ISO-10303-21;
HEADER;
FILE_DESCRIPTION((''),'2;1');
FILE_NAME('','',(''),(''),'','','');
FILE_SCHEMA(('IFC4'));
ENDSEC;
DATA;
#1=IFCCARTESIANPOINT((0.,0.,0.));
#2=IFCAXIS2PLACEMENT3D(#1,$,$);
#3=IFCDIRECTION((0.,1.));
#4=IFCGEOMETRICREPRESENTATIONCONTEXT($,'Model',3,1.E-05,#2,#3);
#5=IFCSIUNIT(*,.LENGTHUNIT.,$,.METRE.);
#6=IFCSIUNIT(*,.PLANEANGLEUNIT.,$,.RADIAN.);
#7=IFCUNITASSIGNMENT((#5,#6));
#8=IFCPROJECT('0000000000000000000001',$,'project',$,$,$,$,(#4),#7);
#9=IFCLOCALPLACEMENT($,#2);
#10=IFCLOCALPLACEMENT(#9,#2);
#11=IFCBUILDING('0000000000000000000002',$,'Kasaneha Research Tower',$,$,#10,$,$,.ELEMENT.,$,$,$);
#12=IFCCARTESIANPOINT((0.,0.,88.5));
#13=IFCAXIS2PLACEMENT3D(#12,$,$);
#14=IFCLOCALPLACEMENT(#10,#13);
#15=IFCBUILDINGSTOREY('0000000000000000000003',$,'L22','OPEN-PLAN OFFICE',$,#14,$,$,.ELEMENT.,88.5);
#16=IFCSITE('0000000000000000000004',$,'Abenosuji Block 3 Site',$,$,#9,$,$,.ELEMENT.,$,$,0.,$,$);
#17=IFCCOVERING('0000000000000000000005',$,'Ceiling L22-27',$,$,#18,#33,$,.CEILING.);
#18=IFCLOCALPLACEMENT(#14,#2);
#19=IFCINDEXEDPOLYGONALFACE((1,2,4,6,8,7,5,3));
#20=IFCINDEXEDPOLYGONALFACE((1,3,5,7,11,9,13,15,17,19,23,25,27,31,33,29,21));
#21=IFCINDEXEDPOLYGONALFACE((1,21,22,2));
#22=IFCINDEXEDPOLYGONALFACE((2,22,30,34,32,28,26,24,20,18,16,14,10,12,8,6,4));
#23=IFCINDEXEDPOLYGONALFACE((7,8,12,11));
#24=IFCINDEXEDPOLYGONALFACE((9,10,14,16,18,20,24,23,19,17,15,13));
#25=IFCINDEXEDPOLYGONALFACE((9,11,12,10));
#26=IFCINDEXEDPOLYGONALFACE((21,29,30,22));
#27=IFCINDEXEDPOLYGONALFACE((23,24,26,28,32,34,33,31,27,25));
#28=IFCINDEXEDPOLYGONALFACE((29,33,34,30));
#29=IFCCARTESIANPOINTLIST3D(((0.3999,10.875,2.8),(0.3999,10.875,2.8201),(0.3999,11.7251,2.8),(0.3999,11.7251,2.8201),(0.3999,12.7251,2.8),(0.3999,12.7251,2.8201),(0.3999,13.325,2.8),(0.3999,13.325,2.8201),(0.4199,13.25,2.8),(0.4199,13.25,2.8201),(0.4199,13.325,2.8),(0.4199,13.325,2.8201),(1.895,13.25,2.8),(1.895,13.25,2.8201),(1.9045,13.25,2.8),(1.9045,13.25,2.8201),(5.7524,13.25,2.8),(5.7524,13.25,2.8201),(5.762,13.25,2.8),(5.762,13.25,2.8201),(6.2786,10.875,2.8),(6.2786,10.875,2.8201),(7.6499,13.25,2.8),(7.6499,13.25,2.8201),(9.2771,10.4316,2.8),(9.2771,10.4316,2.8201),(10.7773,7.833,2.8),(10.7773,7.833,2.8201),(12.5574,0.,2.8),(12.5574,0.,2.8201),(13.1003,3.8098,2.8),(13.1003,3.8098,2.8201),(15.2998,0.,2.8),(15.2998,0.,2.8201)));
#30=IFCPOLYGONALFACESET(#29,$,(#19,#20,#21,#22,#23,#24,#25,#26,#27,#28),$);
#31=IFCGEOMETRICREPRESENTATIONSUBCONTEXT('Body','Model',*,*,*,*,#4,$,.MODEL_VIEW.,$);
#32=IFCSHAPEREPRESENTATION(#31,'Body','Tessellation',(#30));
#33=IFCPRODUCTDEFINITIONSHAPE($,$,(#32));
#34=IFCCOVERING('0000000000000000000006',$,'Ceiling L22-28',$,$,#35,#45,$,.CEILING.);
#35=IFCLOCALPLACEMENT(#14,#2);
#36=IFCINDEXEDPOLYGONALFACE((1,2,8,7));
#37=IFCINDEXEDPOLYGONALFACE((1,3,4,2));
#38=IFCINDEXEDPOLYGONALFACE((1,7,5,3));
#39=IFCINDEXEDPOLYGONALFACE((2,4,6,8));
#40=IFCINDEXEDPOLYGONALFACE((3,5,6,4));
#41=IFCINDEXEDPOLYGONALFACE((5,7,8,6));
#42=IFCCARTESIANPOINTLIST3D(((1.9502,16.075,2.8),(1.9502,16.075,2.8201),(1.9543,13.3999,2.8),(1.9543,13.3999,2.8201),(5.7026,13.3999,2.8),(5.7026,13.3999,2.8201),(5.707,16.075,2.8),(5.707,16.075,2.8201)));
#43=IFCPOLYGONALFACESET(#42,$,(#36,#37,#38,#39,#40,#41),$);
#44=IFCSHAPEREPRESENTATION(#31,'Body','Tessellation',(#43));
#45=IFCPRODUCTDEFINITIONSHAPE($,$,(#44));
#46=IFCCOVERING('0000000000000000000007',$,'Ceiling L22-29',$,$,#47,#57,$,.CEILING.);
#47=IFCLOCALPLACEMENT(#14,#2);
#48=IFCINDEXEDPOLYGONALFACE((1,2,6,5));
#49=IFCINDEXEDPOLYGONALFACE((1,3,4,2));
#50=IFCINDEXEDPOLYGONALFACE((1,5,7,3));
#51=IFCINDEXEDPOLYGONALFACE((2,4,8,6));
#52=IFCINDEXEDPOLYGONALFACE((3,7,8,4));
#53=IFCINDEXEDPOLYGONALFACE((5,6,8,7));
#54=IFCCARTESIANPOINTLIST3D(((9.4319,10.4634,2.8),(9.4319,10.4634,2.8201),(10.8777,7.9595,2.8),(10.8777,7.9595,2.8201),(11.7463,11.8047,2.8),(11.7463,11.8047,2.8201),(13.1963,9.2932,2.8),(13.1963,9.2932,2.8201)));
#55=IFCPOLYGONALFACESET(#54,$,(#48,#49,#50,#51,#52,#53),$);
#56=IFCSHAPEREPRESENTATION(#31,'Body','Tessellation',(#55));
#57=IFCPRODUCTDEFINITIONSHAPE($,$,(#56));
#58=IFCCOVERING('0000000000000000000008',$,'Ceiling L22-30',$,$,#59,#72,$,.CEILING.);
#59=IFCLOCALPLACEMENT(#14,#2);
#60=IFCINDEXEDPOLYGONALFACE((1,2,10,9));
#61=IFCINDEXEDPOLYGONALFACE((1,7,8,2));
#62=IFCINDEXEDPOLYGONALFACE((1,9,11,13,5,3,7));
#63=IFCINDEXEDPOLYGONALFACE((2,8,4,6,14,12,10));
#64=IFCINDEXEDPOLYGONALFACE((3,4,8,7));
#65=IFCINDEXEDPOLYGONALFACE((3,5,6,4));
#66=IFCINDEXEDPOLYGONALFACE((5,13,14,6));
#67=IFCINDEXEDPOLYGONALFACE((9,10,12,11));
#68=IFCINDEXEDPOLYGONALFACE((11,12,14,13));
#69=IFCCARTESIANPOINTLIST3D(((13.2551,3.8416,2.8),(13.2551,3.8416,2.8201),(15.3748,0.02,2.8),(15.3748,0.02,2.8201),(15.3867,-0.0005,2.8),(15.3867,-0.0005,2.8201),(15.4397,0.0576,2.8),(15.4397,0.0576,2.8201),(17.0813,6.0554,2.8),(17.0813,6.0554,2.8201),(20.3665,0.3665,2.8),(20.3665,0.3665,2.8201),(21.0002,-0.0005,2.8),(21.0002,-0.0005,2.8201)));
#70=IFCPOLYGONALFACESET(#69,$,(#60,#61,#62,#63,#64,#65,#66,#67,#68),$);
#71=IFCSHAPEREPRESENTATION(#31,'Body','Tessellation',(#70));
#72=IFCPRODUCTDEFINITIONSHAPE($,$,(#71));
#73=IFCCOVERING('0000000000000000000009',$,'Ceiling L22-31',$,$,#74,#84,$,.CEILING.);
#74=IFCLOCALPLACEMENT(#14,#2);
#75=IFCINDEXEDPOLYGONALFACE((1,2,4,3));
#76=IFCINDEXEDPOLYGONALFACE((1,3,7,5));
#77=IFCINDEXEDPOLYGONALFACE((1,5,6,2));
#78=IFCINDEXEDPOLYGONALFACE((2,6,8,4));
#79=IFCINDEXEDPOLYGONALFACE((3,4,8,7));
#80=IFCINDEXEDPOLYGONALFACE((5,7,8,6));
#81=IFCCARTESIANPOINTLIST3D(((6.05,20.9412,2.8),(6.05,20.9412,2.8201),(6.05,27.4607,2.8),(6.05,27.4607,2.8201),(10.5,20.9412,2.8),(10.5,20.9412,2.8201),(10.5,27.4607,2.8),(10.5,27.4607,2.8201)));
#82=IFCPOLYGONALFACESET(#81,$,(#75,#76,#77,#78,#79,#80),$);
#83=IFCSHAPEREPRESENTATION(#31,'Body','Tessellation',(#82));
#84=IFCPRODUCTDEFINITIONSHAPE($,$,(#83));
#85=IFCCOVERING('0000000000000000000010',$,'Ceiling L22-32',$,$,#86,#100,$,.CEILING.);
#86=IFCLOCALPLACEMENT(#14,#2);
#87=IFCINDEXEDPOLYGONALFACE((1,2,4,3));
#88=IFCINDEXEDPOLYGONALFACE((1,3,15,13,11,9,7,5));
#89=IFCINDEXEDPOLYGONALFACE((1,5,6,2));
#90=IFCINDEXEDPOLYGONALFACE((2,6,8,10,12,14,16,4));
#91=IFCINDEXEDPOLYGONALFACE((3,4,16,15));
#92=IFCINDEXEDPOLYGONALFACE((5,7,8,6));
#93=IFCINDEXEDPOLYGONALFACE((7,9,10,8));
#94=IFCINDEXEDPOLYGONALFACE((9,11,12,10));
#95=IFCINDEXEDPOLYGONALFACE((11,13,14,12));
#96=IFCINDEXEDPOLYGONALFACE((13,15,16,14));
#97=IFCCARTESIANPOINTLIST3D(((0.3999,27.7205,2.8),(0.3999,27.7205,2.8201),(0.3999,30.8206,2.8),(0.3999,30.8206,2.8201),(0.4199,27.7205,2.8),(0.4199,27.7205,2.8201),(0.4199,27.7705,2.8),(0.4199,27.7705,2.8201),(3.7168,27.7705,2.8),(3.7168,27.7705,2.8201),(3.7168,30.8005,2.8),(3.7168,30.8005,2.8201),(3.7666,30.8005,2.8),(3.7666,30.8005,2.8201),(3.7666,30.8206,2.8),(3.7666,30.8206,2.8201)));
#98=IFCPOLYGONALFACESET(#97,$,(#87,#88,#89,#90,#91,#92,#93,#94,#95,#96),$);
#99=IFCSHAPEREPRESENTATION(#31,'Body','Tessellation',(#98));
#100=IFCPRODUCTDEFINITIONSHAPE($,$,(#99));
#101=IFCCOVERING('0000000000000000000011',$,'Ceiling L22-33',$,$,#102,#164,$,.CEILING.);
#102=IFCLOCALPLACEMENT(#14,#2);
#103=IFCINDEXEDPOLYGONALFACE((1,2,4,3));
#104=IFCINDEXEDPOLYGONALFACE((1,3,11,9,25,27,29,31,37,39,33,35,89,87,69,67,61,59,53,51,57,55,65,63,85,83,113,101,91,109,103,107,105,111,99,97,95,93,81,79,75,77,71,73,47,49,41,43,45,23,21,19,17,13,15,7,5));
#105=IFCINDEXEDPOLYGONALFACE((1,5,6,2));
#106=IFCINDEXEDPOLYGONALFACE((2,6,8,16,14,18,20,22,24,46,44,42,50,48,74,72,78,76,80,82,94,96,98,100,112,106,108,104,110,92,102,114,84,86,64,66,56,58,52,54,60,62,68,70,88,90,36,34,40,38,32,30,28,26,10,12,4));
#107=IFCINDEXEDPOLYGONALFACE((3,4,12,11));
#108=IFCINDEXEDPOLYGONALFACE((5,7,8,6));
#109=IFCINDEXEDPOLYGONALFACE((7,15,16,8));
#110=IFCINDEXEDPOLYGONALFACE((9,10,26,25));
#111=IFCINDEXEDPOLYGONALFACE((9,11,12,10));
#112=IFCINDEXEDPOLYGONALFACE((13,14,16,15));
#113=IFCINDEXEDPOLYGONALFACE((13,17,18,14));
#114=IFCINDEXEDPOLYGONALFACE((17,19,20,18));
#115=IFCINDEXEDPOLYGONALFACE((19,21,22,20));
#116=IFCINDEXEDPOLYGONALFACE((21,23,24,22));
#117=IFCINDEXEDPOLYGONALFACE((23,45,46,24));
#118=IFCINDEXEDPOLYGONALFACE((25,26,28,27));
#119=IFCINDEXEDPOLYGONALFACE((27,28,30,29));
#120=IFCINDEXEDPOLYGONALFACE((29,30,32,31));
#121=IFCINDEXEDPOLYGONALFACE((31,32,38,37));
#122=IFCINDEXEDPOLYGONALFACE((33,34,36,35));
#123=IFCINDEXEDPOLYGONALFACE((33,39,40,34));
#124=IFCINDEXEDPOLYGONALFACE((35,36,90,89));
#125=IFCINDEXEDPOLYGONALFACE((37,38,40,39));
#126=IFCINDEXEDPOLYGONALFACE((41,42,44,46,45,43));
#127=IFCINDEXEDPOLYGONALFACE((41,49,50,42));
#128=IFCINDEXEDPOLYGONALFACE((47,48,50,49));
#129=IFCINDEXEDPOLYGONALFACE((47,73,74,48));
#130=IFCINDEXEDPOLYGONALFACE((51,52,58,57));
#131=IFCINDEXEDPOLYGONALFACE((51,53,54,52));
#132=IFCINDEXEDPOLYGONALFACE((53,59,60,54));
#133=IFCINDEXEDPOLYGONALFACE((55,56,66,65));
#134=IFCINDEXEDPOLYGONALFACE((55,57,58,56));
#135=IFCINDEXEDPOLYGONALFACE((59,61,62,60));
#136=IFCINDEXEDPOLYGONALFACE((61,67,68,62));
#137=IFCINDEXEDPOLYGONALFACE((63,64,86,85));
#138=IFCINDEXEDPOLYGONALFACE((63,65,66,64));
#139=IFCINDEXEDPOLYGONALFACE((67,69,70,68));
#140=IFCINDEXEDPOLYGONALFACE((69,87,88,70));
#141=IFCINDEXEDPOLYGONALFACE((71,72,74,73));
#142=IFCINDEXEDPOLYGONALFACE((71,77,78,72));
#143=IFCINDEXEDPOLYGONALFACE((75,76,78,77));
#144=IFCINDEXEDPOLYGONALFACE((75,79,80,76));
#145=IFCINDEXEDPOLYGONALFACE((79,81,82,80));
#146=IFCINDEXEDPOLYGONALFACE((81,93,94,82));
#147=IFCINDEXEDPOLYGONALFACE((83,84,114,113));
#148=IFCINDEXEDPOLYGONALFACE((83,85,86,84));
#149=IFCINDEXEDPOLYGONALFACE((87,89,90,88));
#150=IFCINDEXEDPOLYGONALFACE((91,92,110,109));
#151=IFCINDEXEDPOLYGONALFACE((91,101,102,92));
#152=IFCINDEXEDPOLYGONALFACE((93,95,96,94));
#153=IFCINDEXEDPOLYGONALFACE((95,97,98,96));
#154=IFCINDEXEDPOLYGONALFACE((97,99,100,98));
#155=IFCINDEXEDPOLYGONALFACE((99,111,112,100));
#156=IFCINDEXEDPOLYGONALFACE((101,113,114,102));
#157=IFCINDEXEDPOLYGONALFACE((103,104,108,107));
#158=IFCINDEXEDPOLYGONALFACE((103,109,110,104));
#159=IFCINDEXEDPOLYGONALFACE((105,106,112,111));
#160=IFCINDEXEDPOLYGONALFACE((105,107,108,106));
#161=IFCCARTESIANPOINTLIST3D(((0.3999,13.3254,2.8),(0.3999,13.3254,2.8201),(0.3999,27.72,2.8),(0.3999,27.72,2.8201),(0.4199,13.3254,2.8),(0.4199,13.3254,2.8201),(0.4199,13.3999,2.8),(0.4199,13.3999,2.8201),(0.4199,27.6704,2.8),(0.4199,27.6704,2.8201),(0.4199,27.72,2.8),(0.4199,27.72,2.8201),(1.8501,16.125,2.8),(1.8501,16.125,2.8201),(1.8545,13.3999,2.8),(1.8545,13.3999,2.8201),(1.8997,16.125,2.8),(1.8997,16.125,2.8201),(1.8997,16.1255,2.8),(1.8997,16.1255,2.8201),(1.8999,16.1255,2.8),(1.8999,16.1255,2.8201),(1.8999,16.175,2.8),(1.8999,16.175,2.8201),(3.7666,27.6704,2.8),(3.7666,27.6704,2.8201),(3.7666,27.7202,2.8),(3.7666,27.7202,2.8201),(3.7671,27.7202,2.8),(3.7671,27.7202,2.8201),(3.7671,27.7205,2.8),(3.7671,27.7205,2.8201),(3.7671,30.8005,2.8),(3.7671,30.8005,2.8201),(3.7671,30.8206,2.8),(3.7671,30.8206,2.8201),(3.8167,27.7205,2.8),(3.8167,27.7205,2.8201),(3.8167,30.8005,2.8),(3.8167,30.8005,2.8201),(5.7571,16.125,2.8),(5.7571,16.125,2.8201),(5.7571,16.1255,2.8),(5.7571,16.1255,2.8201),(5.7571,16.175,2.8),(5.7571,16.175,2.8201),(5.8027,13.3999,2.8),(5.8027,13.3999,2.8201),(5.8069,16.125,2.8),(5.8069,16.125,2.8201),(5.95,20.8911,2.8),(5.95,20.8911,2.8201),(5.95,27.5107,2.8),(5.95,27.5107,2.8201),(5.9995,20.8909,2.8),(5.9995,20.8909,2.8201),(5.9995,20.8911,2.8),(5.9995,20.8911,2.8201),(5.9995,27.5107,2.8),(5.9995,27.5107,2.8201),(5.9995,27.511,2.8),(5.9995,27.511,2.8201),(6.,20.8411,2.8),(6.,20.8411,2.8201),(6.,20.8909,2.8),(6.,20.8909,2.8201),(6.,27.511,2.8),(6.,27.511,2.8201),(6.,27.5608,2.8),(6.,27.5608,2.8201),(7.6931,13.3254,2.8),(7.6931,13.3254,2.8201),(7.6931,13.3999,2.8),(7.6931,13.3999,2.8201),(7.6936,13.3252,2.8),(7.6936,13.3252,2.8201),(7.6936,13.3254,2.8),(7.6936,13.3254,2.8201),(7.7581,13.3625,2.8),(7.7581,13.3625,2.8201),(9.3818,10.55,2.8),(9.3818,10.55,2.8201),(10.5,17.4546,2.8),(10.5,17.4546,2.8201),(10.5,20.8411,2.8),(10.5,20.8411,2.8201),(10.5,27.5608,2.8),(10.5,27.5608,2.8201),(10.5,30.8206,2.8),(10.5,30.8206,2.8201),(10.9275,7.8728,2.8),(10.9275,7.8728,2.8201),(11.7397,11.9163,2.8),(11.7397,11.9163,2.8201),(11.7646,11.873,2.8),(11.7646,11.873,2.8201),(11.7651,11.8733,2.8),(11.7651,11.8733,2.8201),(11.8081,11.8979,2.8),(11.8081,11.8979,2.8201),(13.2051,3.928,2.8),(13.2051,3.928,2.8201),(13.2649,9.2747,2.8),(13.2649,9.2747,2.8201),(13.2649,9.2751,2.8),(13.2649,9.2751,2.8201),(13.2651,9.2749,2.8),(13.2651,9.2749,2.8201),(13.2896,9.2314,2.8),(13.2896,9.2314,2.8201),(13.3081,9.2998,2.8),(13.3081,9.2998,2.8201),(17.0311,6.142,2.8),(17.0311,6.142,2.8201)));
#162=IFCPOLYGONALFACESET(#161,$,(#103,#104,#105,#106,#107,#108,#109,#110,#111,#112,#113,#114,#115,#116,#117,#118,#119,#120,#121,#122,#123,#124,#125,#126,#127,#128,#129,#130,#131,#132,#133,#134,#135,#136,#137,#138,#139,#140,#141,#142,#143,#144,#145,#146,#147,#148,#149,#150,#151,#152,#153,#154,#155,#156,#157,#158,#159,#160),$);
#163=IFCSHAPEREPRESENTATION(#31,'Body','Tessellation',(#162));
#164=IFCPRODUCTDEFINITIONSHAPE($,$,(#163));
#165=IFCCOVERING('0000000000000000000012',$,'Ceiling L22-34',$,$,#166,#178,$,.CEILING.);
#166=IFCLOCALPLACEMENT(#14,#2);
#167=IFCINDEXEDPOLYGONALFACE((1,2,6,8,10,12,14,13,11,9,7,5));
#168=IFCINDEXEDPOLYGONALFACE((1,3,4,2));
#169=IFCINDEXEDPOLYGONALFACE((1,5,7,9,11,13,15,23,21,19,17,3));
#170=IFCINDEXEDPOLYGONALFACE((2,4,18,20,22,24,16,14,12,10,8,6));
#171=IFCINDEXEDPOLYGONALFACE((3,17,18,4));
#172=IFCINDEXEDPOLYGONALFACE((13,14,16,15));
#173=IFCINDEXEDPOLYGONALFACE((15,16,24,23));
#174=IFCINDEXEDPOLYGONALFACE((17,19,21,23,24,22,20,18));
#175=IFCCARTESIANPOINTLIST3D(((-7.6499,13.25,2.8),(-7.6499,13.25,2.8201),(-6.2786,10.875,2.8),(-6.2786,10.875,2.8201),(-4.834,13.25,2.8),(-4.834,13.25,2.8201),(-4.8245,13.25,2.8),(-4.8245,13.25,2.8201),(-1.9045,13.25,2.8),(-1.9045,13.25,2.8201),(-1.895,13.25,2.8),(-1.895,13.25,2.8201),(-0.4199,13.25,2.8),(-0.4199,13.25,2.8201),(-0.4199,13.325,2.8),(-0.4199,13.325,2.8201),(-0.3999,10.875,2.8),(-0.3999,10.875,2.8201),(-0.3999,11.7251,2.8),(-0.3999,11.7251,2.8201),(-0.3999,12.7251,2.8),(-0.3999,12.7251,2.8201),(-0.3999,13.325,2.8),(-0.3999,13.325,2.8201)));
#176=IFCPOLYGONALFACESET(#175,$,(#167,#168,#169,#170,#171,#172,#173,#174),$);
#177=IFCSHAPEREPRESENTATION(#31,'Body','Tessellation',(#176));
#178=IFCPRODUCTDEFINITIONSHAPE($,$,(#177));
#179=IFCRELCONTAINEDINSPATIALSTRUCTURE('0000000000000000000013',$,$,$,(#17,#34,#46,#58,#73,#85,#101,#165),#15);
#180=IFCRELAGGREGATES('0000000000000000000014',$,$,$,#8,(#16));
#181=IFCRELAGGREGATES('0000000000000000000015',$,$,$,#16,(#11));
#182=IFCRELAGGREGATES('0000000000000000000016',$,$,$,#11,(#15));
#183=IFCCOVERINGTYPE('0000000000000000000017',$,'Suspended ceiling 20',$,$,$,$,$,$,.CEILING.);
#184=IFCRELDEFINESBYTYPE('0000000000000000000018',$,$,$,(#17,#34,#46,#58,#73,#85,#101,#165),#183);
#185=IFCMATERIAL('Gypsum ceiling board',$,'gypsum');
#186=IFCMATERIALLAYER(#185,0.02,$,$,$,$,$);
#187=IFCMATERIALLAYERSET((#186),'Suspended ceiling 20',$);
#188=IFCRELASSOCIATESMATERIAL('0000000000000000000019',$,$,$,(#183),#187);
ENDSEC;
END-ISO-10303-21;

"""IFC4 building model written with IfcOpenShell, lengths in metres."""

from ifc_helpers import new_model, si_unit, direction, frame, origin, place, context, subcontext, project, spatial, polyline, outline, extrude, material, layer, layer_set, type_object, element, save


model = new_model("IFC4")

# Units and contexts
model_context = context("Model", 3, precision=1e-05, world=origin(), true_north=direction((0.0, 1.0)))
body_context = subcontext(model_context, "Body", "Model", "MODEL_VIEW")
ifc_project = project(units=[si_unit("LENGTHUNIT", "METRE"), si_unit("PLANEANGLEUNIT", "RADIAN")], contexts=[model_context])

# Site, building, storey
site_placement = place(None, origin())
site = spatial("IfcSite", under=ifc_project, at=site_placement, Name="Abenosuji Block 3 Site", CompositionType="ELEMENT", RefElevation=0.0)
building_placement = place(site_placement, origin())
building = spatial("IfcBuilding", under=site, at=building_placement, Name="Kasaneha Research Tower", CompositionType="ELEMENT")
storey_placement = place(building_placement, frame((0.0, 0.0, 88.5)))
storey = spatial("IfcBuildingStorey", under=building, at=storey_placement, Name="L22", Description="OPEN-PLAN OFFICE", CompositionType="ELEMENT", Elevation=88.5)

# Coverings
ifc_material_1 = material(Name="Gypsum ceiling board", Category="gypsum")
ifc_layer_1 = layer(ifc_material_1, 0.02)
ifc_layer_set_1 = layer_set([ifc_layer_1], Name="Suspended ceiling 20")
covering_type_1 = type_object("IfcCoveringType", Name="Suspended ceiling 20", PredefinedType="CEILING", material=ifc_layer_set_1)
covering_1_placement = place(storey_placement, frame((0.0, 0.0, 2.8)))
element("IfcCovering", 1, at=covering_1_placement, inside=storey, type_object=covering_type_1, Name="Ceiling L22-27", PredefinedType="CEILING", context=body_context, shape_type="SweptSolid", body=[
    extrude(outline(polyline([(6.2786, 10.875), (0.3999, 10.875), (0.3999, 11.7251), (0.3999, 12.7251), (0.3999, 13.325), (0.4199, 13.325), (0.4199, 13.25), (1.895, 13.25), (1.9045, 13.25), (5.7524, 13.25), (5.762, 13.25), (7.6499, 13.25), (9.2771, 10.4316), (9.2771, 10.4316), (10.7773, 7.833), (10.7773, 7.833), (13.1003, 3.8098), (13.1003, 3.8098), (15.2998, 0.0), (15.2998, 0.0), (12.5574, 0.0), (6.2786, 10.875)])), origin(), (0.0, 0.0, 1.0), 0.02),
])
covering_2_placement = place(storey_placement, frame((0.0, 0.0, 2.8)))
element("IfcCovering", 2, at=covering_2_placement, inside=storey, type_object=covering_type_1, Name="Ceiling L22-28", PredefinedType="CEILING", context=body_context, shape_type="SweptSolid", body=[
    extrude(outline(polyline([(1.9543, 13.3999), (1.9502, 16.075), (5.707, 16.075), (5.7026, 13.3999), (1.9543, 13.3999)])), origin(), (0.0, 0.0, 1.0), 0.02),
])
covering_3_placement = place(storey_placement, frame((0.0, 0.0, 2.8)))
element("IfcCovering", 3, at=covering_3_placement, inside=storey, type_object=covering_type_1, Name="Ceiling L22-29", PredefinedType="CEILING", context=body_context, shape_type="SweptSolid", body=[
    extrude(outline(polyline([(11.7463, 11.8047), (13.1963, 9.2932), (10.8777, 7.9595), (9.4319, 10.4634), (11.7463, 11.8047)])), origin(), (0.0, 0.0, 1.0), 0.02),
])
covering_4_placement = place(storey_placement, frame((0.0, 0.0, 2.8)))
element("IfcCovering", 4, at=covering_4_placement, inside=storey, type_object=covering_type_1, Name="Ceiling L22-30", PredefinedType="CEILING", context=body_context, shape_type="SweptSolid", body=[
    extrude(outline(polyline([(21.0002, -0.0005), (15.3867, -0.0005), (15.3748, 0.02), (15.4397, 0.0576), (13.2551, 3.8416), (17.0813, 6.0554), (20.3665, 0.3665), (21.0002, -0.0005)])), origin(), (0.0, 0.0, 1.0), 0.02),
])
covering_5_placement = place(storey_placement, frame((0.0, 0.0, 2.8)))
element("IfcCovering", 5, at=covering_5_placement, inside=storey, type_object=covering_type_1, Name="Ceiling L22-31", PredefinedType="CEILING", context=body_context, shape_type="SweptSolid", body=[
    extrude(outline(polyline([(10.5, 20.9412), (6.05, 20.9412), (6.05, 27.4607), (10.5, 27.4607), (10.5, 20.9412)])), origin(), (0.0, 0.0, 1.0), 0.02),
])
covering_6_placement = place(storey_placement, frame((0.0, 0.0, 2.8)))
element("IfcCovering", 6, at=covering_6_placement, inside=storey, type_object=covering_type_1, Name="Ceiling L22-32", PredefinedType="CEILING", context=body_context, shape_type="SweptSolid", body=[
    extrude(outline(polyline([(3.7666, 30.8206), (3.7666, 30.8005), (3.7168, 30.8005), (3.7168, 27.7705), (0.4199, 27.7705), (0.4199, 27.7205), (0.3999, 27.7205), (0.3999, 30.8206), (3.7666, 30.8206)])), origin(), (0.0, 0.0, 1.0), 0.02),
])
covering_7_placement = place(storey_placement, frame((0.0, 0.0, 2.8)))
element("IfcCovering", 7, at=covering_7_placement, inside=storey, type_object=covering_type_1, Name="Ceiling L22-33", PredefinedType="CEILING", context=body_context, shape_type="SweptSolid", body=[
    extrude(outline(polyline([(13.2651, 9.2749), (13.2649, 9.2751), (13.3081, 9.2998), (11.8081, 11.8979), (11.7651, 11.8733), (11.7651, 11.8733), (11.7646, 11.873), (11.7397, 11.9163), (9.3818, 10.55), (7.7581, 13.3625), (7.6936, 13.3252), (7.6936, 13.3254), (7.6931, 13.3254), (7.6931, 13.3999), (5.8027, 13.3999), (5.8069, 16.125), (5.7571, 16.125), (5.7571, 16.1255), (5.7571, 16.1255), (5.7571, 16.175), (1.8999, 16.175), (1.8999, 16.1255), (1.8997, 16.1255), (1.8997, 16.125), (1.8501, 16.125), (1.8545, 13.3999), (0.4199, 13.3999), (0.4199, 13.3254), (0.3999, 13.3254), (0.3999, 27.72), (0.4199, 27.72), (0.4199, 27.6704), (3.7666, 27.6704), (3.7666, 27.7202), (3.7671, 27.7202), (3.7671, 27.7205), (3.8167, 27.7205), (3.8167, 30.8005), (3.7671, 30.8005), (3.7671, 30.8206), (10.5, 30.8206), (10.5, 27.5608), (6.0, 27.5608), (6.0, 27.511), (5.9995, 27.511), (5.9995, 27.5107), (5.95, 27.5107), (5.95, 20.8911), (5.9995, 20.8911), (5.9995, 20.8909), (6.0, 20.8909), (6.0, 20.8411), (10.5, 20.8411), (10.5, 17.4546), (17.0559, 6.0991), (17.0559, 6.0991), (17.0312, 6.1421), (13.2051, 3.928), (10.9275, 7.8728), (13.2896, 9.2314), (13.2649, 9.2747), (13.2651, 9.2749)])), origin(), (0.0, 0.0, 1.0), 0.02),
])
covering_8_placement = place(storey_placement, frame((0.0, 0.0, 2.8)))
element("IfcCovering", 8, at=covering_8_placement, inside=storey, type_object=covering_type_1, Name="Ceiling L22-34", PredefinedType="CEILING", context=body_context, shape_type="SweptSolid", body=[
    extrude(outline(polyline([(-0.3999, 11.7251), (-0.3999, 10.875), (-6.2786, 10.875), (-7.6499, 13.25), (-7.6499, 13.25), (-4.834, 13.25), (-4.8245, 13.25), (-1.9045, 13.25), (-1.895, 13.25), (-0.4199, 13.25), (-0.4199, 13.325), (-0.3999, 13.325), (-0.3999, 12.7251), (-0.3999, 11.7251)])), origin(), (0.0, 0.0, 1.0), 0.02),
])

save(model, "model.ifc")
